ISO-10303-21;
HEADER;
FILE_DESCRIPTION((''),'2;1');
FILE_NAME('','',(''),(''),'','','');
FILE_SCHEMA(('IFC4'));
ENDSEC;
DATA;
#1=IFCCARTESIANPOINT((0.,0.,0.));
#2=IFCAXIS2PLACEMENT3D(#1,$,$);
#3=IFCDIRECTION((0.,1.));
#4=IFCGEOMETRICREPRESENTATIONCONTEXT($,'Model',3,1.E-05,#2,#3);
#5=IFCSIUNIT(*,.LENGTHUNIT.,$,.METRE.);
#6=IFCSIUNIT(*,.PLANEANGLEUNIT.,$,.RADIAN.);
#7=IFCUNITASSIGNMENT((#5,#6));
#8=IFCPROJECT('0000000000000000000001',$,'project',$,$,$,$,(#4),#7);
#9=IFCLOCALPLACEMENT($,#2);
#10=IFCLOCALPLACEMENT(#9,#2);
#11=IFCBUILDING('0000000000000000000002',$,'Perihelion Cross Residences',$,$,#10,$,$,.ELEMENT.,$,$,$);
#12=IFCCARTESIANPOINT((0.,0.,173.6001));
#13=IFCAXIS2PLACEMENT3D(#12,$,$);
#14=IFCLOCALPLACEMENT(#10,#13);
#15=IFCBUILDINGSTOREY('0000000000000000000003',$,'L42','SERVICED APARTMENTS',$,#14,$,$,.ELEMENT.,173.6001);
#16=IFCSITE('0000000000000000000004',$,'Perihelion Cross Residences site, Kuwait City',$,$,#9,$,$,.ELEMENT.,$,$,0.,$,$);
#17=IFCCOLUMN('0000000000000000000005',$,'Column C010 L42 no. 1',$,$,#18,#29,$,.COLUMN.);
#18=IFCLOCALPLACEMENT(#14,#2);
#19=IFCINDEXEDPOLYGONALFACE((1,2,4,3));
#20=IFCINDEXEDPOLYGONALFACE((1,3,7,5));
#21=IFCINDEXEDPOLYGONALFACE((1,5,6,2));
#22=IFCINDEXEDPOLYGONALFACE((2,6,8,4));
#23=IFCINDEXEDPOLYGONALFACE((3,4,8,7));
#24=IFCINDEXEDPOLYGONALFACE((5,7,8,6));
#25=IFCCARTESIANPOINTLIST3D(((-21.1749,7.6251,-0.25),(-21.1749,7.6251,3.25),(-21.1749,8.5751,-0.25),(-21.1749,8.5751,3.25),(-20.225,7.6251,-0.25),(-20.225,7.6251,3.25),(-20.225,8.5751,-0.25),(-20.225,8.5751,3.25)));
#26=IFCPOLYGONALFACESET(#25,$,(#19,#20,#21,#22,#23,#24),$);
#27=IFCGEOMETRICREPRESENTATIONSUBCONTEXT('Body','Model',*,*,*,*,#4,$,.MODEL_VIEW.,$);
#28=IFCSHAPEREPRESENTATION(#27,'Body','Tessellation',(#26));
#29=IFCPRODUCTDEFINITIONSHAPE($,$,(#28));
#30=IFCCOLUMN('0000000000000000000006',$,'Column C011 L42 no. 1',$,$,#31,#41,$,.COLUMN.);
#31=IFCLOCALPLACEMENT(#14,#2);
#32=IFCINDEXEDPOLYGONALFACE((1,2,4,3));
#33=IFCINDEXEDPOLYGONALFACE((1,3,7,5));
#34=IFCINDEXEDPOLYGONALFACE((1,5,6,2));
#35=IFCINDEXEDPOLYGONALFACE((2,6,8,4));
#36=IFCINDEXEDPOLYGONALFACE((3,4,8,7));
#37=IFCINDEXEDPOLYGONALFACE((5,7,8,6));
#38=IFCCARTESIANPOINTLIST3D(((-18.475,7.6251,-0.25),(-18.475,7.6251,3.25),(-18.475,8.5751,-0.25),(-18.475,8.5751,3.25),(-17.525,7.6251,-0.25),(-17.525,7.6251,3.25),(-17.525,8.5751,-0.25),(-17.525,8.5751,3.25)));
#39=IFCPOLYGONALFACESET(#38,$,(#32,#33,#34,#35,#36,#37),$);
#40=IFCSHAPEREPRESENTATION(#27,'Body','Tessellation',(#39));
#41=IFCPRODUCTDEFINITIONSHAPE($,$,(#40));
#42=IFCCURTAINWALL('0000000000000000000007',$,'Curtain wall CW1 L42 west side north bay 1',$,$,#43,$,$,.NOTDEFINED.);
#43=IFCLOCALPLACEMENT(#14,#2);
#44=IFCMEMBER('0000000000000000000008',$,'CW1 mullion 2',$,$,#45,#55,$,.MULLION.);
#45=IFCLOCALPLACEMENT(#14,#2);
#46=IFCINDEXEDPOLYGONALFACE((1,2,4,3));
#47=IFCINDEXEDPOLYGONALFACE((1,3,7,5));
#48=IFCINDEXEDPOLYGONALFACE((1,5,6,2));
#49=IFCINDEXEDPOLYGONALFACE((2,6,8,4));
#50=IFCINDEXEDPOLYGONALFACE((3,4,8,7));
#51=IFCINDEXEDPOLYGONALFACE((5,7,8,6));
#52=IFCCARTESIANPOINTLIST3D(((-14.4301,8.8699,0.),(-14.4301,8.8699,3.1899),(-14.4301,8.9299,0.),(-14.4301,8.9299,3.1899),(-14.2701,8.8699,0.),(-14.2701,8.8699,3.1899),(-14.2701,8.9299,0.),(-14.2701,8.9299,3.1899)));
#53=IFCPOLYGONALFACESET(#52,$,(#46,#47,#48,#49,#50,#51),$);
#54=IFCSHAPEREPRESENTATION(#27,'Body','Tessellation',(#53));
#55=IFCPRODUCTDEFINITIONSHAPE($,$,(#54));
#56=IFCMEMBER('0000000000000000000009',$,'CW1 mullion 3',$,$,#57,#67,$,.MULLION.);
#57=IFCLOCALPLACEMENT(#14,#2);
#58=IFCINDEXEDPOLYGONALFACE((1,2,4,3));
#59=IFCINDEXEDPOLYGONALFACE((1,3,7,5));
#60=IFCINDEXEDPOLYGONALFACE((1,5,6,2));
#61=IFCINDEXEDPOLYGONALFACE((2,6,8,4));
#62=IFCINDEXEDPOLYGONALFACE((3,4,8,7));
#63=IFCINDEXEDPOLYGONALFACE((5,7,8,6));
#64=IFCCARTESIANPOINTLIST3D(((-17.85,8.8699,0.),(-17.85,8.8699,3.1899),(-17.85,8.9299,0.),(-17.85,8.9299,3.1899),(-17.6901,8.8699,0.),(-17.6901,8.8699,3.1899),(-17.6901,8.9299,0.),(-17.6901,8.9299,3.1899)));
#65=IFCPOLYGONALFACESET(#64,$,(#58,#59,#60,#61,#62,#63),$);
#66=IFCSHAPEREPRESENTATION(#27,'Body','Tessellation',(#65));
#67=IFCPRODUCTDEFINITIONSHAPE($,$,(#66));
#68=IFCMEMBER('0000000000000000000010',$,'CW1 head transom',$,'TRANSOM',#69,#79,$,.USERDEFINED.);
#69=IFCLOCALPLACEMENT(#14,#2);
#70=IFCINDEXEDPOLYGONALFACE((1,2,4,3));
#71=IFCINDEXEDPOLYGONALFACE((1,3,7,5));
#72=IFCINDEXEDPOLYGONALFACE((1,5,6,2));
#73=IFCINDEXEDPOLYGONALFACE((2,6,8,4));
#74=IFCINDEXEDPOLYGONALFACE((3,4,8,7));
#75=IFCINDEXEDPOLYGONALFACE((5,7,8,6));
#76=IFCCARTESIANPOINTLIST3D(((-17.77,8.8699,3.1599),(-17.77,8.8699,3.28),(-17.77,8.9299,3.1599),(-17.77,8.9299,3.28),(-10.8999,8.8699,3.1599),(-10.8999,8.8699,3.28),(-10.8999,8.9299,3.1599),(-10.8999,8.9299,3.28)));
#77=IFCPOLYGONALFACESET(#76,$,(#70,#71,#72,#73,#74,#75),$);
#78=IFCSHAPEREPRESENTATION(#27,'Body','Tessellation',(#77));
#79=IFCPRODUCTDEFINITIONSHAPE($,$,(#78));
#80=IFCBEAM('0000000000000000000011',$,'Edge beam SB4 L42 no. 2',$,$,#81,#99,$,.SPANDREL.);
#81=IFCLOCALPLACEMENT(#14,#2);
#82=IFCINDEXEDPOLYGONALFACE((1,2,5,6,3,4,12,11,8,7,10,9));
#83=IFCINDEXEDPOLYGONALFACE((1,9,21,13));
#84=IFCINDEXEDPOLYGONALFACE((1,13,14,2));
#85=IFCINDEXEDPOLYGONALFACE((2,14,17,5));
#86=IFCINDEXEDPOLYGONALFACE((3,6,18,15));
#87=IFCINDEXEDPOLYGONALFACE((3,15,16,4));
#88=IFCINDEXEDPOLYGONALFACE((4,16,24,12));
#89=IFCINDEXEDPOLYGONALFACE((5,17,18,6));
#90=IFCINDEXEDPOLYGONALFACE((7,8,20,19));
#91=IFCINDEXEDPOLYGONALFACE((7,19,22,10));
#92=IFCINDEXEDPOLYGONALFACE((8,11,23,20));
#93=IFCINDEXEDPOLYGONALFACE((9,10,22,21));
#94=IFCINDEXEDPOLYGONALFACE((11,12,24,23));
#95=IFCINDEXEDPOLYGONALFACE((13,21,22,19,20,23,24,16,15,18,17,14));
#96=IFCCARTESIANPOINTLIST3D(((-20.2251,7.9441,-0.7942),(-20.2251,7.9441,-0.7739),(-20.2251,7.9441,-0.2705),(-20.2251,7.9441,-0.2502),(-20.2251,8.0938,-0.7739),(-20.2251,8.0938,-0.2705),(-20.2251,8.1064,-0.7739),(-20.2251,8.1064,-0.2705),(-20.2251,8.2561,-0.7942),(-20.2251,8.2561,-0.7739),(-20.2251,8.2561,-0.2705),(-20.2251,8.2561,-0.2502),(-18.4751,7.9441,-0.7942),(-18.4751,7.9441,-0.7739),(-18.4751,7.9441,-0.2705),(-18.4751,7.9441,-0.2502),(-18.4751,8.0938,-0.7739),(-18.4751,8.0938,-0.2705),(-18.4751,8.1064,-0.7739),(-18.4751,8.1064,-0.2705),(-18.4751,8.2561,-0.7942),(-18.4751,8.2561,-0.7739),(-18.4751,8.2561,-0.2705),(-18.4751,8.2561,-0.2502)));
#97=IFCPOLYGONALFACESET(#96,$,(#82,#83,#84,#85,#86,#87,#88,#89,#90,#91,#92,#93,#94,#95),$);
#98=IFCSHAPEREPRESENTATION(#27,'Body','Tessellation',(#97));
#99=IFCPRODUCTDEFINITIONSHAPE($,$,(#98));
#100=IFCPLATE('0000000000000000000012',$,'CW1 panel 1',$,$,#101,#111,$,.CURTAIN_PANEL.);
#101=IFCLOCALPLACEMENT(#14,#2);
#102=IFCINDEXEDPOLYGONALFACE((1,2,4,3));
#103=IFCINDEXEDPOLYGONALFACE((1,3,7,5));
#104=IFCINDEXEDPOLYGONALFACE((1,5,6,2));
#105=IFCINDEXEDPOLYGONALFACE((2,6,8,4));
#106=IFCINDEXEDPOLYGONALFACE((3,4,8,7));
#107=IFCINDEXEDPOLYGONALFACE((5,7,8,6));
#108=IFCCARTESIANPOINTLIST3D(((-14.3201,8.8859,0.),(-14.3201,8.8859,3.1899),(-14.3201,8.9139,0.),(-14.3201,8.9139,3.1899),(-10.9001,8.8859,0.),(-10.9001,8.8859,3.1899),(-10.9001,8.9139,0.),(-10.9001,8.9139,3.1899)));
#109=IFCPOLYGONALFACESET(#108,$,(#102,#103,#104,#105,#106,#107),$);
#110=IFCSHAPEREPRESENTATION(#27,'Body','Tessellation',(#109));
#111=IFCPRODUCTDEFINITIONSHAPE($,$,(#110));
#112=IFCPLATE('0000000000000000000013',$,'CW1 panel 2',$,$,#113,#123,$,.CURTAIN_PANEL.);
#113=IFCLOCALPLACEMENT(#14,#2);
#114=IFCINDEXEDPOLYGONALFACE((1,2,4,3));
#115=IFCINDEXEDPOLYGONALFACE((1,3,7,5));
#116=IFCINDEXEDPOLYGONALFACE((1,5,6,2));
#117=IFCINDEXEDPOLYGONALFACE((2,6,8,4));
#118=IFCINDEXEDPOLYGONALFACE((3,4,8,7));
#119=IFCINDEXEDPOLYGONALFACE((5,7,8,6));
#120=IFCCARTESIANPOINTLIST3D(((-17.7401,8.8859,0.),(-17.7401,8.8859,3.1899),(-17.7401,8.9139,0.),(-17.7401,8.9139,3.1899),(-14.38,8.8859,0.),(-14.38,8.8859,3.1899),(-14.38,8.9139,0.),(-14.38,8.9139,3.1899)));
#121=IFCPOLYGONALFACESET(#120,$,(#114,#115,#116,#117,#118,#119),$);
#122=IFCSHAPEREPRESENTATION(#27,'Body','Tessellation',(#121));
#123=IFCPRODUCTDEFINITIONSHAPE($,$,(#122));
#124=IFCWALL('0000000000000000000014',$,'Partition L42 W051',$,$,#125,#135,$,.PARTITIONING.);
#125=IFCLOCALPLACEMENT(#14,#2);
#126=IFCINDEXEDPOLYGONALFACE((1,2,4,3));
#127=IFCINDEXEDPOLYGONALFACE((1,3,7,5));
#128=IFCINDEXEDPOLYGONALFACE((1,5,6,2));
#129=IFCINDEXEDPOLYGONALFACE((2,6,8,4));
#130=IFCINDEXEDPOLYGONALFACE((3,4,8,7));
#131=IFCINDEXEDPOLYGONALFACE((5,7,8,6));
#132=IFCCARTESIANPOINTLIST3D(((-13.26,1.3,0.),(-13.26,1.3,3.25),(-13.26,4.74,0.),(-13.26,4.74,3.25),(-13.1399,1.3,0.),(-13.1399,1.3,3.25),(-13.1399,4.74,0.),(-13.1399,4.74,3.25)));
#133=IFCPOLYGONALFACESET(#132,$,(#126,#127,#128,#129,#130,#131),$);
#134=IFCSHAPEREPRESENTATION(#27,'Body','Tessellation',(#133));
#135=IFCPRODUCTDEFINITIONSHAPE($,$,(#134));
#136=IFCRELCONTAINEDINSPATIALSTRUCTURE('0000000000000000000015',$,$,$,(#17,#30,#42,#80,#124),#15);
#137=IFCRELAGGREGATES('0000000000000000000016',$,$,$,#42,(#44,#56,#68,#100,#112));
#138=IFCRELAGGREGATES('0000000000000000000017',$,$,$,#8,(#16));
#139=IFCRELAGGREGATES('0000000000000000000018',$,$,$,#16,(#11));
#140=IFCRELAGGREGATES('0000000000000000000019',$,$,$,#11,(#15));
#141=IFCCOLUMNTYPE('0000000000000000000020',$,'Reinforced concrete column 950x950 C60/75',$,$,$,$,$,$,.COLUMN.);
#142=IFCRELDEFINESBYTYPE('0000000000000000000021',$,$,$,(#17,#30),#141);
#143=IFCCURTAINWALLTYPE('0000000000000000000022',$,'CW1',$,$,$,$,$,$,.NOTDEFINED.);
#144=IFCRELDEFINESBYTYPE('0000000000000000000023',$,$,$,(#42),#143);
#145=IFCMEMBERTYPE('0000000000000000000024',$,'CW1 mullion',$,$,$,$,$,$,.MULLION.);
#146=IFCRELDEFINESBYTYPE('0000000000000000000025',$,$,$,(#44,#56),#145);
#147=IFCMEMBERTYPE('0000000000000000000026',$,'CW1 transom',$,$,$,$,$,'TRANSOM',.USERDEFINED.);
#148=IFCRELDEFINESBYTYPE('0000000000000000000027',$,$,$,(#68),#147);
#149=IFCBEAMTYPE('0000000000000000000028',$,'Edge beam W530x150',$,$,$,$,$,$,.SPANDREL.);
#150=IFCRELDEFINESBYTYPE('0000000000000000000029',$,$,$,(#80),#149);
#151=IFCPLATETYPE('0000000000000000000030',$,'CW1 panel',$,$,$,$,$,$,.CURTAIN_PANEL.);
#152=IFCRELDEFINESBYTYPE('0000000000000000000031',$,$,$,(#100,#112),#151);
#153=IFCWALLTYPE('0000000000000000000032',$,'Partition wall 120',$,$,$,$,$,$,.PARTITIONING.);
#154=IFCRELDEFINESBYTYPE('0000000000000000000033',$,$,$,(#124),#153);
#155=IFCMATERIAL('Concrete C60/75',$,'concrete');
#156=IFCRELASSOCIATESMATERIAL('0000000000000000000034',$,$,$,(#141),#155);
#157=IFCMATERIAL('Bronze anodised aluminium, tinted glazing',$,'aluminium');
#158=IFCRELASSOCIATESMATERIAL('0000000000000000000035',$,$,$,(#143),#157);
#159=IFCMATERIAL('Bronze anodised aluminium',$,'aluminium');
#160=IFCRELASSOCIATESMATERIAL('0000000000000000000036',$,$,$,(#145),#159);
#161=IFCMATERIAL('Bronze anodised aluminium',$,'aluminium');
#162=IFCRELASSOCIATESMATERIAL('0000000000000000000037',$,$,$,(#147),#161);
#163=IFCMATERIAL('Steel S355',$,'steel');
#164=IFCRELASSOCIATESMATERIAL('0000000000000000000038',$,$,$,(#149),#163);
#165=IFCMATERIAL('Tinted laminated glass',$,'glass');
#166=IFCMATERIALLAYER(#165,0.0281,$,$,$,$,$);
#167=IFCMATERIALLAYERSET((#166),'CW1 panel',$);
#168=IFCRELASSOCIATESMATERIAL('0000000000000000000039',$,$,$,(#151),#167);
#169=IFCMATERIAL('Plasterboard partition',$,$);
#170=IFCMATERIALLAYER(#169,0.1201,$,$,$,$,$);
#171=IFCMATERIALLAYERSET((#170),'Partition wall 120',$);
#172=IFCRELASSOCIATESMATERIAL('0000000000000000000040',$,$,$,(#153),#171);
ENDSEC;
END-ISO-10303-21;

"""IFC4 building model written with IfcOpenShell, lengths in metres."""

from ifc_helpers import new_model, si_unit, direction, frame, frame_2d, origin, origin_2d, place, context, subcontext, project, spatial, rectangle, i_section, extrude, material, layer, layer_set, material_profile, profile_set, type_object, element, aggregate, save


model = new_model("IFC4")

# Units and contexts
model_context = context("Model", 3, precision=1e-05, world=origin(), true_north=direction((0.0, 1.0)))
body_context = subcontext(model_context, "Body", "Model", "MODEL_VIEW")
ifc_project = project(units=[si_unit("LENGTHUNIT", "METRE"), si_unit("PLANEANGLEUNIT", "RADIAN")], contexts=[model_context])

# Site, building, storey
site_placement = place(None, origin())
site = spatial("IfcSite", under=ifc_project, at=site_placement, Name="Perihelion Cross Residences site, Kuwait City", CompositionType="ELEMENT", RefElevation=0.0)
building_placement = place(site_placement, origin())
building = spatial("IfcBuilding", under=site, at=building_placement, Name="Perihelion Cross Residences", CompositionType="ELEMENT")
storey_placement = place(building_placement, frame((0.0, 0.0, 173.6001)))
storey = spatial("IfcBuildingStorey", under=building, at=storey_placement, Name="L42", Description="SERVICED APARTMENTS", CompositionType="ELEMENT", Elevation=173.6001)

# Columns
ifc_material_1 = material(Name="Concrete C60/75", Category="concrete")
ifc_material_profile_1 = material_profile(ifc_material_1, rectangle(XDim=0.95, YDim=0.95, at=origin_2d()), Name="RC 950x950")
ifc_profile_set_1 = profile_set([ifc_material_profile_1], Name="Concrete C60/75")
column_type = type_object("IfcColumnType", Name="Reinforced concrete column 950x950 C60/75", PredefinedType="COLUMN", material=ifc_profile_set_1)
for number, where, z_axis, x_axis, name in (
    (1, (-20.7, 8.1001, -0.25), (0.0, 0.0, 1.0), (1.0, 0.0, 0.0), "Column C010 L42 no. 1"),
    (2, (-18.0, 8.1001, -0.25), (0.0, 0.0, 1.0), (1.0, 0.0, 0.0), "Column C011 L42 no. 1"),
):
    element("IfcColumn", number, at=place(storey_placement, frame(where, z_axis=z_axis, x_axis=x_axis)), inside=storey, type_object=column_type, Name=name, PredefinedType="COLUMN", context=body_context, shape_type="SweptSolid", body=[
        extrude(rectangle(XDim=0.95, YDim=0.95, at=origin_2d()), origin(), (0.0, 0.0, 1.0), 3.5),
    ])

# Curtain wall, members
ifc_material_2 = material(Name="Bronze anodised aluminium, tinted glazing", Category="aluminium")
curtain_wall_type = type_object("IfcCurtainWallType", Name="CW1", PredefinedType="NOTDEFINED", material=ifc_material_2)
curtain_wall_placement = place(storey_placement, origin())
curtain_wall = element("IfcCurtainWall", 3, at=curtain_wall_placement, inside=storey, type_object=curtain_wall_type, Name="Curtain wall CW1 L42 west side north bay 1", PredefinedType="NOTDEFINED")
ifc_material_3 = material(Name="Bronze anodised aluminium", Category="aluminium")
ifc_material_profile_2 = material_profile(ifc_material_3, rectangle(XDim=0.0601, YDim=0.1599, at=origin_2d()), Name="CW1 mullion")
ifc_profile_set_2 = profile_set([ifc_material_profile_2], Name="Bronze anodised aluminium")
member_type_1 = type_object("IfcMemberType", Name="CW1 mullion", PredefinedType="MULLION", material=ifc_profile_set_2)
member_1_placement = place(storey_placement, frame((-14.3501, 8.8999, 0.0), z_axis=(0.0, 0.0, 1.0), x_axis=(0.0, -1.0, 0.0)))
member_1 = element("IfcMember", 4, at=member_1_placement, type_object=member_type_1, Name="CW1 mullion 2", PredefinedType="MULLION", context=body_context, shape_type="SweptSolid", body=[
    extrude(rectangle(XDim=0.0601, YDim=0.1599, at=origin_2d()), origin(), (0.0, 0.0, 1.0), 3.1899),
])
member_2_placement = place(storey_placement, frame((-17.77, 8.8999, 0.0), z_axis=(0.0, 0.0, 1.0), x_axis=(0.0, -1.0, 0.0)))
member_2 = element("IfcMember", 5, at=member_2_placement, type_object=member_type_1, Name="CW1 mullion 3", PredefinedType="MULLION", context=body_context, shape_type="SweptSolid", body=[
    extrude(rectangle(XDim=0.0601, YDim=0.1599, at=origin_2d()), origin(), (0.0, 0.0, 1.0), 3.1899),
])
ifc_material_4 = material(Name="Bronze anodised aluminium", Category="aluminium")
ifc_material_profile_3 = material_profile(ifc_material_4, rectangle(XDim=0.0601, YDim=0.1201, at=origin_2d()), Name="CW1 transom")
ifc_profile_set_3 = profile_set([ifc_material_profile_3], Name="Bronze anodised aluminium")
member_type_2 = type_object("IfcMemberType", Name="CW1 transom", ElementType="TRANSOM", PredefinedType="USERDEFINED", material=ifc_profile_set_3)
member_3_placement = place(storey_placement, frame((-10.8999, 8.8999, 3.22), z_axis=(-1.0, 0.0, 0.0), x_axis=(0.0, -1.0, 0.0)))
member_3 = element("IfcMember", 6, at=member_3_placement, type_object=member_type_2, Name="CW1 head transom", ObjectType="TRANSOM", PredefinedType="USERDEFINED", context=body_context, shape_type="SweptSolid", body=[
    extrude(rectangle(XDim=0.0601, YDim=0.1201, at=origin_2d()), origin(), (0.0, 0.0, 1.0), 6.8701),
])

# Beam
ifc_material_5 = material(Name="Steel S355", Category="steel")
ifc_material_profile_4 = material_profile(ifc_material_5, i_section(OverallWidth=0.312, OverallDepth=0.5439, WebThickness=0.0127, FlangeThickness=0.0203, at=origin_2d()), Name="W530x150")
ifc_profile_set_4 = profile_set([ifc_material_profile_4], Name="Steel S355")
beam_type = type_object("IfcBeamType", Name="Edge beam W530x150", PredefinedType="SPANDREL", material=ifc_profile_set_4)
beam_placement = place(storey_placement, frame((-18.4751, 8.1001, -0.5222), z_axis=(-1.0, 0.0, 0.0), x_axis=(0.0, -1.0, 0.0)))
element("IfcBeam", 7, at=beam_placement, inside=storey, type_object=beam_type, Name="Edge beam SB4 L42 no. 2", PredefinedType="SPANDREL", context=body_context, shape_type="SweptSolid", body=[
    extrude(i_section(OverallWidth=0.312, OverallDepth=0.5439, WebThickness=0.0127, FlangeThickness=0.0203, at=origin_2d()), origin(), (0.0, 0.0, 1.0), 1.75),
])

# Plates
ifc_material_6 = material(Name="Tinted laminated glass", Category="glass")
ifc_layer_1 = layer(ifc_material_6, 0.0281)
ifc_layer_set_1 = layer_set([ifc_layer_1], Name="CW1 panel")
plate_type = type_object("IfcPlateType", Name="CW1 panel", PredefinedType="CURTAIN_PANEL", material=ifc_layer_set_1)
plate_1_placement = place(storey_placement, frame((-12.6101, 8.8999, 0.0), z_axis=(0.0, 0.0, 1.0), x_axis=(-1.0, 0.0, 0.0)))
plate_1 = element("IfcPlate", 8, at=plate_1_placement, type_object=plate_type, Name="CW1 panel 1", PredefinedType="CURTAIN_PANEL", context=body_context, shape_type="SweptSolid", body=[
    extrude(rectangle(XDim=3.4199, YDim=0.0281, at=origin_2d()), origin(), (0.0, 0.0, 1.0), 3.1899),
])
plate_2_placement = place(storey_placement, frame((-16.0601, 8.8999, 0.0), z_axis=(0.0, 0.0, 1.0), x_axis=(-1.0, 0.0, 0.0)))
plate_2 = element("IfcPlate", 9, at=plate_2_placement, type_object=plate_type, Name="CW1 panel 2", PredefinedType="CURTAIN_PANEL", context=body_context, shape_type="SweptSolid", body=[
    extrude(rectangle(XDim=3.3601, YDim=0.0281, at=origin_2d()), origin(), (0.0, 0.0, 1.0), 3.1899),
])
aggregate(curtain_wall, [member_1, member_2, member_3, plate_1, plate_2])

# Wall
ifc_material_7 = material(Name="Plasterboard partition")
ifc_layer_2 = layer(ifc_material_7, 0.1201)
ifc_layer_set_2 = layer_set([ifc_layer_2], Name="Partition wall 120")
wall_type_1 = type_object("IfcWallType", Name="Partition wall 120", PredefinedType="PARTITIONING", material=ifc_layer_set_2)
wall_1_placement = place(storey_placement, frame((-13.2, 1.3, 0.0), z_axis=(0.0, 0.0, 1.0), x_axis=(0.0, 1.0, 0.0)))
element("IfcWall", 10, at=wall_1_placement, inside=storey, type_object=wall_type_1, Name="Partition L42 W051", PredefinedType="PARTITIONING", context=body_context, shape_type="SweptSolid", body=[
    extrude(rectangle(XDim=3.4399, YDim=0.1201, at=frame_2d((1.72, 0.0))), origin(), (0.0, 0.0, 1.0), 3.25),
])

save(model, "model.ifc")
